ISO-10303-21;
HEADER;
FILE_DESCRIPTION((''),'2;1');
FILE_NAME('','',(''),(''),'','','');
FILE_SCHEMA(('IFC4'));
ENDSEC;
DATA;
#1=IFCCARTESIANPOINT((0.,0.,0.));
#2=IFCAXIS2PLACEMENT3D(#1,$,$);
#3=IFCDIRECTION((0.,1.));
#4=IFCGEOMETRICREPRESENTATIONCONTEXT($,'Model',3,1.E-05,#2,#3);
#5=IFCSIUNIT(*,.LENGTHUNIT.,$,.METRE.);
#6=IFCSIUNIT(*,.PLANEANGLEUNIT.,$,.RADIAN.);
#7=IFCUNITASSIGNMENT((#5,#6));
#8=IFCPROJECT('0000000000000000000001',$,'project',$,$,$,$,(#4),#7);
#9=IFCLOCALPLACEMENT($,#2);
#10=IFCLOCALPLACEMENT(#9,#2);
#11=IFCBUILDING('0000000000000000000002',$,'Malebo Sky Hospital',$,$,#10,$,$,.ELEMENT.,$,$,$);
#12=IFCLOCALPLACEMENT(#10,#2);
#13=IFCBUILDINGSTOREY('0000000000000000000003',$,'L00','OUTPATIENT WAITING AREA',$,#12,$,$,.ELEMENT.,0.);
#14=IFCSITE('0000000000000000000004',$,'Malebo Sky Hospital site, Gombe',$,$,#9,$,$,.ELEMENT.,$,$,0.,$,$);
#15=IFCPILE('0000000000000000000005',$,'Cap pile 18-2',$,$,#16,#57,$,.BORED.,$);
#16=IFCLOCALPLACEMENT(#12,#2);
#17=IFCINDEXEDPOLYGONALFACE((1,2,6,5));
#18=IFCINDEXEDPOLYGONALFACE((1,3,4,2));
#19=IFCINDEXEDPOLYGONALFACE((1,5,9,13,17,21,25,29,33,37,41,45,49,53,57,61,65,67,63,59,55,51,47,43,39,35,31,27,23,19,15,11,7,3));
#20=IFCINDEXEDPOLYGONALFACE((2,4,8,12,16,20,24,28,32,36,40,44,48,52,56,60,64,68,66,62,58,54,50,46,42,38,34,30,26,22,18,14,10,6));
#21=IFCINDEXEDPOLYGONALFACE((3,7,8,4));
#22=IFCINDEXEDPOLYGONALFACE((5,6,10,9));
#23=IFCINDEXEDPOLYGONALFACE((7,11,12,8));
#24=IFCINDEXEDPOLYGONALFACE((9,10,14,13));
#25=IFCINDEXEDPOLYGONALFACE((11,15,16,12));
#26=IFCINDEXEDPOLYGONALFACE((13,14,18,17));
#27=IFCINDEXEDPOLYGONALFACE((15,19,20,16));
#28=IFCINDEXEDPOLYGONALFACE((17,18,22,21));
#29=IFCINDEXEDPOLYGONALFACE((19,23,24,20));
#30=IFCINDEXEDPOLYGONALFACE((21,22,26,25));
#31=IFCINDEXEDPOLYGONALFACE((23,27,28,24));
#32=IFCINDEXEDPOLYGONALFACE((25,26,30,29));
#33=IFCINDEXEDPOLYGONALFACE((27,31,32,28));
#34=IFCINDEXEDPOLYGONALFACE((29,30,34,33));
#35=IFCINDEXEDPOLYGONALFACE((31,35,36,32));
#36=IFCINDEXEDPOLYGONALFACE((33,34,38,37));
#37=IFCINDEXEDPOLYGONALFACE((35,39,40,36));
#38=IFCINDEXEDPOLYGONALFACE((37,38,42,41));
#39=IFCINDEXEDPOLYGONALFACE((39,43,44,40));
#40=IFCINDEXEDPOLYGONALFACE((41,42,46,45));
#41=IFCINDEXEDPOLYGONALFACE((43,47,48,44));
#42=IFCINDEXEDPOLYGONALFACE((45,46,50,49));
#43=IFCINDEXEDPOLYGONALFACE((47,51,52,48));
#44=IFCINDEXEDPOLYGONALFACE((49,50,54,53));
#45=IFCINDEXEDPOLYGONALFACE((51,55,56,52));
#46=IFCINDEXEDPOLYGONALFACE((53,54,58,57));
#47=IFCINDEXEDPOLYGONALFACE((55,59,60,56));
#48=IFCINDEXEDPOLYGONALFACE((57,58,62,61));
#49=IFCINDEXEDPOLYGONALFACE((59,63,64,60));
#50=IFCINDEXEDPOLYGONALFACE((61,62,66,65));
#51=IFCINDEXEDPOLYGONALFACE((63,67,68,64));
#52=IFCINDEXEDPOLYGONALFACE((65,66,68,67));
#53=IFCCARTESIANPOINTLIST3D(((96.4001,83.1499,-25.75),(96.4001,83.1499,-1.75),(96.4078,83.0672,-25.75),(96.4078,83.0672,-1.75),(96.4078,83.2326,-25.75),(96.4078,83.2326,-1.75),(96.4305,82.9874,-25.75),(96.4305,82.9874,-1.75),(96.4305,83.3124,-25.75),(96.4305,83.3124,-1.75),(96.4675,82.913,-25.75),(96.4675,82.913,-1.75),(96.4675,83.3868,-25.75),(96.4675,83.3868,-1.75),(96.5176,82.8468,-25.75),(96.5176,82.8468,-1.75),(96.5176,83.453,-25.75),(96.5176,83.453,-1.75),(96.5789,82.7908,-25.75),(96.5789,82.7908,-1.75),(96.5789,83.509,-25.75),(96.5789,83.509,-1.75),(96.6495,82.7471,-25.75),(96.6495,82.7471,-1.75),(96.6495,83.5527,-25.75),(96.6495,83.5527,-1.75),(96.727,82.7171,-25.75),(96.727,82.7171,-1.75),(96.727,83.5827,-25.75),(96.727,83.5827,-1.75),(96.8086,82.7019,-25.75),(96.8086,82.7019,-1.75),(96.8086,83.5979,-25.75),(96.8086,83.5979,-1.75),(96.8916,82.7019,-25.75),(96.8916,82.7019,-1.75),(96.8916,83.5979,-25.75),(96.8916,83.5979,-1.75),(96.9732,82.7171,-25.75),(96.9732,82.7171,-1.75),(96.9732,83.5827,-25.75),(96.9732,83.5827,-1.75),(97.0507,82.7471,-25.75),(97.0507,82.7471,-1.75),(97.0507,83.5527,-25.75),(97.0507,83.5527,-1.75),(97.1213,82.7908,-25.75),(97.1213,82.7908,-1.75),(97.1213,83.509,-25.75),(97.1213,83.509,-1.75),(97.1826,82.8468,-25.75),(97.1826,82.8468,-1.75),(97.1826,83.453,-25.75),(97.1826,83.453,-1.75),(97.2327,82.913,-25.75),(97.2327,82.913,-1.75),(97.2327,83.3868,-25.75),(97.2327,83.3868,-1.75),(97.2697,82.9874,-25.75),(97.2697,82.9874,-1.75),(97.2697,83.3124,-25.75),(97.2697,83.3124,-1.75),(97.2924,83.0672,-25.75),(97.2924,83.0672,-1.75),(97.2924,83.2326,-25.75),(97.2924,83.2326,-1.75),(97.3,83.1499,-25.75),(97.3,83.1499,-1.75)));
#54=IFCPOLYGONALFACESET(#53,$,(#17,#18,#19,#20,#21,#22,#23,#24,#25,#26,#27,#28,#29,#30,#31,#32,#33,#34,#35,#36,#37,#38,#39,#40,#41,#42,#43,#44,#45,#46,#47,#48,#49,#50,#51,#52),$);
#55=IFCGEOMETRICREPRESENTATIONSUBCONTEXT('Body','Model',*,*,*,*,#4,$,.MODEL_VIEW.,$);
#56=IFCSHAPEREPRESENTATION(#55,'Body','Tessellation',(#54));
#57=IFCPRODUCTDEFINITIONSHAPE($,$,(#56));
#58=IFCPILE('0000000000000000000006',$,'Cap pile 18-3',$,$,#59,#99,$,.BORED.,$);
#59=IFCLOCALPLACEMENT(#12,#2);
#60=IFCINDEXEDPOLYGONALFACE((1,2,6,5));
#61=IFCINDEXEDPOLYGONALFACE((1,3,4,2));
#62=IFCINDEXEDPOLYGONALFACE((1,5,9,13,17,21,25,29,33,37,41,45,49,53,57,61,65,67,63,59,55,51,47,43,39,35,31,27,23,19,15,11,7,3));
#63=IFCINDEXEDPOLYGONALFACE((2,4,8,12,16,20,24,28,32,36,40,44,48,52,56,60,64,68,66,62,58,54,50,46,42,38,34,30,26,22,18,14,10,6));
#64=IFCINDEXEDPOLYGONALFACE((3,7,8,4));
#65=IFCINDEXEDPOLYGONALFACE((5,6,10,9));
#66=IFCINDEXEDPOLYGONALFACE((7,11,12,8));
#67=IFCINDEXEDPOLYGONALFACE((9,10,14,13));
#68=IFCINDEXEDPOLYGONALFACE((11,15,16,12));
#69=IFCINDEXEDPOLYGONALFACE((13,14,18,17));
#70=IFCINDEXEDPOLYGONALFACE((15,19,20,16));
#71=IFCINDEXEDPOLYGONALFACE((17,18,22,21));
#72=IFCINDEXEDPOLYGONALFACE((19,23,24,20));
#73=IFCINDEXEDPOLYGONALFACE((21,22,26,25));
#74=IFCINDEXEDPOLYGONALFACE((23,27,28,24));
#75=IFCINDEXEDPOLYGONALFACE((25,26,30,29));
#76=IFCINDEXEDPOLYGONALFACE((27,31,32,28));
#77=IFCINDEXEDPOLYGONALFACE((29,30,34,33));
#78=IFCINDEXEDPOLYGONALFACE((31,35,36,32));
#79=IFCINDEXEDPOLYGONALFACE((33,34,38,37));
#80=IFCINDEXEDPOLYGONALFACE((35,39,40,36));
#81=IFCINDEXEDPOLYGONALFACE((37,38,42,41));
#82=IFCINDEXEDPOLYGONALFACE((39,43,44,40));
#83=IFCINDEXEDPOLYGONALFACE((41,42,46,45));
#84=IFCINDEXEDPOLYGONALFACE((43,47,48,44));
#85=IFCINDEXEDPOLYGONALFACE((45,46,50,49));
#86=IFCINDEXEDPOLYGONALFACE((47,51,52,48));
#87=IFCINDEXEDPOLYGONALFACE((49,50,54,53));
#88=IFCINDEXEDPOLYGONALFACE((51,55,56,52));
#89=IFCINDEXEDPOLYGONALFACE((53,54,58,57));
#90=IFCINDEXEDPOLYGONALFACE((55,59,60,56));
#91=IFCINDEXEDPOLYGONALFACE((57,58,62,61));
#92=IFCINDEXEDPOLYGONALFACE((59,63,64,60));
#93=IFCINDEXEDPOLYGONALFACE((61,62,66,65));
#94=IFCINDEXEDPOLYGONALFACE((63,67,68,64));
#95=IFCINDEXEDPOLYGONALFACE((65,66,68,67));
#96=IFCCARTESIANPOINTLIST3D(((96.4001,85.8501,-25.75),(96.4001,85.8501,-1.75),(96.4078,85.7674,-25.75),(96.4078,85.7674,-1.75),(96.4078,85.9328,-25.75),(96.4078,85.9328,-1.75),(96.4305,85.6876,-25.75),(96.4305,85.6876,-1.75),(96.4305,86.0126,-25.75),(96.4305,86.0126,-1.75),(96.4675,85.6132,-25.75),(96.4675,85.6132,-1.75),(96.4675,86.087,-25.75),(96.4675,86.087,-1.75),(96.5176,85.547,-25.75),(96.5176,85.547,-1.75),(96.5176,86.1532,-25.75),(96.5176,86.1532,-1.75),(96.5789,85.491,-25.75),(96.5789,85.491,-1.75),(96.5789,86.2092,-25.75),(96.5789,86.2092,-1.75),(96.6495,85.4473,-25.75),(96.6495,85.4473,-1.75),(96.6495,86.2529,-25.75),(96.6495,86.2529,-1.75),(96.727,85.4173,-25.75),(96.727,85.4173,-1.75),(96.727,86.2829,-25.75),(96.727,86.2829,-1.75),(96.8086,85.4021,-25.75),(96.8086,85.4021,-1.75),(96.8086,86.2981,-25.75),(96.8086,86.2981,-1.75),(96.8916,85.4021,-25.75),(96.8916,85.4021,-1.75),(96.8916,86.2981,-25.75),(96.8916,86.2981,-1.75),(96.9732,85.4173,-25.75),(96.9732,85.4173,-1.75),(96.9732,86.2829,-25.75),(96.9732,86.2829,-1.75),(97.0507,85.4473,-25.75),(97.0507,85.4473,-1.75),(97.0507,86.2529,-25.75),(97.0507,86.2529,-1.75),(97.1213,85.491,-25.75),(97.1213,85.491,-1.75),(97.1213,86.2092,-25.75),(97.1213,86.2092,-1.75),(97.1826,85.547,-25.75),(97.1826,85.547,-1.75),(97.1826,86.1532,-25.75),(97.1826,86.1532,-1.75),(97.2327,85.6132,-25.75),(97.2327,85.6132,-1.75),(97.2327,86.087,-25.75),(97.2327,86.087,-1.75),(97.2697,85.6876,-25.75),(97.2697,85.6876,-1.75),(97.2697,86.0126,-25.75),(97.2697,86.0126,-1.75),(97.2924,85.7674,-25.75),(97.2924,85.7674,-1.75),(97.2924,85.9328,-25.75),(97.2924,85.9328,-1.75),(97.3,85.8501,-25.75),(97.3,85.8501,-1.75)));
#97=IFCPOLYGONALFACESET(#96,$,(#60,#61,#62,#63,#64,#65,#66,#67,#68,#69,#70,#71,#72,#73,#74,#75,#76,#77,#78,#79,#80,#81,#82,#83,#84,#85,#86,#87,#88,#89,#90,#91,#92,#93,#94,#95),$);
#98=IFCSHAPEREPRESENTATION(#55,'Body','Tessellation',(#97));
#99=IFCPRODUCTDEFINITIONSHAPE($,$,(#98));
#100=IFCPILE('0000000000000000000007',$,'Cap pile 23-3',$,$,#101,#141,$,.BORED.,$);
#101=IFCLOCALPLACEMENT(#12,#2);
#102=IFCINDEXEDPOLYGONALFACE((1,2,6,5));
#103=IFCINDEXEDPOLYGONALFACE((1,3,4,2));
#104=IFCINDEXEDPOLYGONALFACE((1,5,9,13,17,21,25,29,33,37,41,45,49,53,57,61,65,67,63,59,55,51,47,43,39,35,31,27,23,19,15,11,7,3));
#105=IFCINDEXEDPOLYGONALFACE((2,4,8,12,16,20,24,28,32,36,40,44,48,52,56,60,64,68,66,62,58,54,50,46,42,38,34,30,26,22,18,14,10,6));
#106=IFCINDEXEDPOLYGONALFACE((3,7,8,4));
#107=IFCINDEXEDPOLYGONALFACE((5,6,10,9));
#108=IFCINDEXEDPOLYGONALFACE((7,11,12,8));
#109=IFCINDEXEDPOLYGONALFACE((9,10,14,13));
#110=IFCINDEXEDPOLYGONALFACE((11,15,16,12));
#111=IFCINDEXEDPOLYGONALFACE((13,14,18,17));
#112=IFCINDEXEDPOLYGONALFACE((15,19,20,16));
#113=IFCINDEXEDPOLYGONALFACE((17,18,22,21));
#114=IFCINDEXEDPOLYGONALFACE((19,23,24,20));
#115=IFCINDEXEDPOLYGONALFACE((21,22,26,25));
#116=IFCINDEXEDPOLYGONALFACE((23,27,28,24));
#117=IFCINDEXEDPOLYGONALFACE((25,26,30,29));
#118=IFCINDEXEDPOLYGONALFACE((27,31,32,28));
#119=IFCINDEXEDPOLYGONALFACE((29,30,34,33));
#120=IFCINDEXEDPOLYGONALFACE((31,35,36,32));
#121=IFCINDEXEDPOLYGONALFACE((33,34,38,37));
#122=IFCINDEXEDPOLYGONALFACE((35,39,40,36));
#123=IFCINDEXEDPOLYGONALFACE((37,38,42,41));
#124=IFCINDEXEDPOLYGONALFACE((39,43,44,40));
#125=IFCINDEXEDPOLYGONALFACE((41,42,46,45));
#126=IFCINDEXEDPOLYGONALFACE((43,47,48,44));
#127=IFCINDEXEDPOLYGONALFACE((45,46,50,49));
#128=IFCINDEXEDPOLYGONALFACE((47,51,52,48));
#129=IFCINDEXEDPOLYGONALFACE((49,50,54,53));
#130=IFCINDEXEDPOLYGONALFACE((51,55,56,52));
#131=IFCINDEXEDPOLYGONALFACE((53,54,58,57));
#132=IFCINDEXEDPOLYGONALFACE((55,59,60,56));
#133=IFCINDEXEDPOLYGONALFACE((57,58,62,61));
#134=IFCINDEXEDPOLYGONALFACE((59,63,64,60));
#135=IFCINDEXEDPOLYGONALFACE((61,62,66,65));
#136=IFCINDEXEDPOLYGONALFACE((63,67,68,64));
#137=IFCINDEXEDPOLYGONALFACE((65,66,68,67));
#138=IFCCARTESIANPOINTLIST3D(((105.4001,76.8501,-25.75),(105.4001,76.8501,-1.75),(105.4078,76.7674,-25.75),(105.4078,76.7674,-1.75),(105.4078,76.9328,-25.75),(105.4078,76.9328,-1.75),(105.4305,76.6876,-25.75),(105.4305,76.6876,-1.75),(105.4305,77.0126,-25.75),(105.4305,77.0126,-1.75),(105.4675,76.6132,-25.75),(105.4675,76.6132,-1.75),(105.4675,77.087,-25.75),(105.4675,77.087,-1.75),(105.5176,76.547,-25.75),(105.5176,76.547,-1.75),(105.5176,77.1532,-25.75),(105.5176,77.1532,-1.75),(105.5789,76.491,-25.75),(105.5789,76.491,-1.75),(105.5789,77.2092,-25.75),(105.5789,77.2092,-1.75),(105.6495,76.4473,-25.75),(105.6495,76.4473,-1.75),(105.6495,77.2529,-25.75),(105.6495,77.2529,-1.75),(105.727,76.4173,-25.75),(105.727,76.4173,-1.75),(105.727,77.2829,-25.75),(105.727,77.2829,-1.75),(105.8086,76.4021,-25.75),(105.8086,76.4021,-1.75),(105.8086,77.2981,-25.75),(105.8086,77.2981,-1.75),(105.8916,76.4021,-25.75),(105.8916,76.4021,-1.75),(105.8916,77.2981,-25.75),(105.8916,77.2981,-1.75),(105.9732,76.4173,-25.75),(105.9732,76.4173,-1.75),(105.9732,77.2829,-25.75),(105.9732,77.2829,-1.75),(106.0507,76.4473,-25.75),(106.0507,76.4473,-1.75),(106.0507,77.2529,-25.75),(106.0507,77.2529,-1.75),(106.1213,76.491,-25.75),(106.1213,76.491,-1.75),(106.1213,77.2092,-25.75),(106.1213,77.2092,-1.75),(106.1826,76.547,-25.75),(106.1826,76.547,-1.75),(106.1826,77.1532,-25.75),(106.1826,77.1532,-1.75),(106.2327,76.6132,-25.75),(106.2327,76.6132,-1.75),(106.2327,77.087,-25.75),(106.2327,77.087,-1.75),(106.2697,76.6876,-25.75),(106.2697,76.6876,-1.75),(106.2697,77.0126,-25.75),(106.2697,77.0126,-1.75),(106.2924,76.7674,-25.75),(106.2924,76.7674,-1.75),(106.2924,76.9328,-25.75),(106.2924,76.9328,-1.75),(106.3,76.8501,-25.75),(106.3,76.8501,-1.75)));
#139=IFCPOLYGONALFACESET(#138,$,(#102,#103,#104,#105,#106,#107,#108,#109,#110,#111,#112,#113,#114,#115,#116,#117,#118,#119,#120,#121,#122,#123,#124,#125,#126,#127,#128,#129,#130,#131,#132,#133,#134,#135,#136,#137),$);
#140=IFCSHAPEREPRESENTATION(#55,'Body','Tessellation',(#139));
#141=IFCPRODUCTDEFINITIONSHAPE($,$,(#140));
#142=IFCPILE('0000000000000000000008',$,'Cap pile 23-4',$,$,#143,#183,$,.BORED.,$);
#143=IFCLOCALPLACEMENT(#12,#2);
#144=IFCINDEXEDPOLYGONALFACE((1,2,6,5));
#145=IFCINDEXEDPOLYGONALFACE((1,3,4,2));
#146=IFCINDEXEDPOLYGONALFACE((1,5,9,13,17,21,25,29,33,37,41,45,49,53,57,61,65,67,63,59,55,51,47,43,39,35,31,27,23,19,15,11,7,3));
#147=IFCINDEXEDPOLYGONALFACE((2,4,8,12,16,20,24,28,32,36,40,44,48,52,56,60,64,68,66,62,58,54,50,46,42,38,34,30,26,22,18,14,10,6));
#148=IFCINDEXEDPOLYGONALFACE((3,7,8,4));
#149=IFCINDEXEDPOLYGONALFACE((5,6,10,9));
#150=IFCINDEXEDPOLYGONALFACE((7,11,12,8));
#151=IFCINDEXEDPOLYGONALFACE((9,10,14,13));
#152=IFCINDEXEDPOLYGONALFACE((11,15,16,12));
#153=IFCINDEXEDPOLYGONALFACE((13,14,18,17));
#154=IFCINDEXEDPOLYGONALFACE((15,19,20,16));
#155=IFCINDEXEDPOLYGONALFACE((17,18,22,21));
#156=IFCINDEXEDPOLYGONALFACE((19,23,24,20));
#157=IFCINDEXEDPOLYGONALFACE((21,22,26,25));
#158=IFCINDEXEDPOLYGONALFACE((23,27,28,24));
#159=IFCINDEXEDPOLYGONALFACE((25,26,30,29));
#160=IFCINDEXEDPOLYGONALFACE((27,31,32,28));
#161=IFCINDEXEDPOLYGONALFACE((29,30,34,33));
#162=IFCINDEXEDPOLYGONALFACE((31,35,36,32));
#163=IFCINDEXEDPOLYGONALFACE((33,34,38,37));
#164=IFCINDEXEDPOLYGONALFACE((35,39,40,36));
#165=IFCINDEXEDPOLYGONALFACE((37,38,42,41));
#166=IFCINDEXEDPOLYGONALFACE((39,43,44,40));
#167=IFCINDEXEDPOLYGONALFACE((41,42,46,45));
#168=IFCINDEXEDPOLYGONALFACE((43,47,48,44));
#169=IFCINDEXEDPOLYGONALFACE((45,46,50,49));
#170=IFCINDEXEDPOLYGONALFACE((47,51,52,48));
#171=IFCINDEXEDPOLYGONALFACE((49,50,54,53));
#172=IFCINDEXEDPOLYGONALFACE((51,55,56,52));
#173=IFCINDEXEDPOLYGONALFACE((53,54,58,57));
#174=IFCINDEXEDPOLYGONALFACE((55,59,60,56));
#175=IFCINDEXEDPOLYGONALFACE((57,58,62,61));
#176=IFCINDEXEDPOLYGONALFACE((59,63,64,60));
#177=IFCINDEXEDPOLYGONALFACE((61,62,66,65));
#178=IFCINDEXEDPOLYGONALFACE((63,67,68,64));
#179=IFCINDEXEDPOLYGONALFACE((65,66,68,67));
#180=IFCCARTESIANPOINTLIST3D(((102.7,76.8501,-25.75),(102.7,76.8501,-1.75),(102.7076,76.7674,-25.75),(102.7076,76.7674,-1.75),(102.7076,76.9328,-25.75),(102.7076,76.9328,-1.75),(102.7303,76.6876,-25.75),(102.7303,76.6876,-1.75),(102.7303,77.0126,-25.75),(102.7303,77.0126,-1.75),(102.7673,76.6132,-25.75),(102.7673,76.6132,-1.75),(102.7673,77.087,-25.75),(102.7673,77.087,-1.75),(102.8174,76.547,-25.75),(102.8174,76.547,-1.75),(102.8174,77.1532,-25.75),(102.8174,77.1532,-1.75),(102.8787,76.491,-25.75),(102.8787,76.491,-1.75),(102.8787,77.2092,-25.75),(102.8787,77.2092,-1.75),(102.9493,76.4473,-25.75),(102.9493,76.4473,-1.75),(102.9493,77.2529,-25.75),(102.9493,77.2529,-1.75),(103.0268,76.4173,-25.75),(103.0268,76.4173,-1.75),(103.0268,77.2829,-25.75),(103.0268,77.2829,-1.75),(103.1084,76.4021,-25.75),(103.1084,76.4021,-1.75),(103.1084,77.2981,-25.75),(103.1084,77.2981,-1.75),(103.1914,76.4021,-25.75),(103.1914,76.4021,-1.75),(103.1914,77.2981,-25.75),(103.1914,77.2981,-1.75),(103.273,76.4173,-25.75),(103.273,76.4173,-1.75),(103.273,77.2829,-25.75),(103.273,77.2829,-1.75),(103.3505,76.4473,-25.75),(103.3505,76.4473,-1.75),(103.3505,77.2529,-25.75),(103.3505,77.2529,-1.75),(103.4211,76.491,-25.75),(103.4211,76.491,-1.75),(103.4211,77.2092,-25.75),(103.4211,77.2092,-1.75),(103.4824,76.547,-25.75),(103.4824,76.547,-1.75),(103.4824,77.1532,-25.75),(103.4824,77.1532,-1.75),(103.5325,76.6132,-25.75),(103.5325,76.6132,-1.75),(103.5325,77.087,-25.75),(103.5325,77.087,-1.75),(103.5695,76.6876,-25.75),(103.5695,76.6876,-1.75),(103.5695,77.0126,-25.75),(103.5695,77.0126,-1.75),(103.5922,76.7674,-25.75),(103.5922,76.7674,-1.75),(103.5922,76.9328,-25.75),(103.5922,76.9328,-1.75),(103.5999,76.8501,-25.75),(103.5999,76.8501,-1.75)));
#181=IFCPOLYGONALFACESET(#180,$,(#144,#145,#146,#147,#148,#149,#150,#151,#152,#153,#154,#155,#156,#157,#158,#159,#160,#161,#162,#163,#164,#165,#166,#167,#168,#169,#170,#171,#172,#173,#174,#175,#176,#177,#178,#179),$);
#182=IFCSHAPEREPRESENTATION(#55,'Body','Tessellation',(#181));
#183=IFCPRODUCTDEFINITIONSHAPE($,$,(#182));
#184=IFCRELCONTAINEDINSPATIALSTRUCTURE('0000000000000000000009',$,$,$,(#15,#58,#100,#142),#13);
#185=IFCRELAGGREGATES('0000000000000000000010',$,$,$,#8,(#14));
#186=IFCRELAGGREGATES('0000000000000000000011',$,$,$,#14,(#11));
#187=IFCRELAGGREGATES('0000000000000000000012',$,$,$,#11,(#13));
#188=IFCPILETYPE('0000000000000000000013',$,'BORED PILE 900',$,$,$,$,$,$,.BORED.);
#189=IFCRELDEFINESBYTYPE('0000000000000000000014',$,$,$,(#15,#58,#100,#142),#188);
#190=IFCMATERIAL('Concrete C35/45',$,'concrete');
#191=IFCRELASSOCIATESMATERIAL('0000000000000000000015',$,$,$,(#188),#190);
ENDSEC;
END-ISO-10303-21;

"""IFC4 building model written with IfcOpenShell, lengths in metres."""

from ifc_helpers import new_model, si_unit, direction, frame, origin, origin_2d, place, context, subcontext, project, spatial, circle, extrude, material, material_profile, profile_set, type_object, element, save


model = new_model("IFC4")

# Units and contexts
model_context = context("Model", 3, precision=1e-05, world=origin(), true_north=direction((0.0, 1.0)))
body_context = subcontext(model_context, "Body", "Model", "MODEL_VIEW")
ifc_project = project(units=[si_unit("LENGTHUNIT", "METRE"), si_unit("PLANEANGLEUNIT", "RADIAN")], contexts=[model_context])

# Site, building, storey
site_placement = place(None, origin())
site = spatial("IfcSite", under=ifc_project, at=site_placement, Name="Malebo Sky Hospital site, Gombe", CompositionType="ELEMENT", RefElevation=0.0)
building_placement = place(site_placement, origin())
building = spatial("IfcBuilding", under=site, at=building_placement, Name="Malebo Sky Hospital", CompositionType="ELEMENT")
storey_placement = place(building_placement, origin())
storey = spatial("IfcBuildingStorey", under=building, at=storey_placement, Name="L00", Description="OUTPATIENT WAITING AREA", CompositionType="ELEMENT", Elevation=0.0)

# Piles
ifc_material_1 = material(Name="Concrete C35/45", Category="concrete")
ifc_material_profile_1 = material_profile(ifc_material_1, circle(Radius=0.45, at=origin_2d()), Name="BP 900")
ifc_profile_set_1 = profile_set([ifc_material_profile_1], Name="Concrete C35/45")
pile_type = type_object("IfcPileType", Name="BORED PILE 900", PredefinedType="BORED", material=ifc_profile_set_1)
for number, where, z_axis, x_axis, name in (
    (1, (96.8501, 83.1499, -1.75), (0.0, 0.0, -1.0), (1.0, 0.0, 0.0), "Cap pile 18-2"),
    (2, (96.8501, 85.8501, -1.75), (0.0, 0.0, -1.0), (1.0, 0.0, 0.0), "Cap pile 18-3"),
    (3, (105.8501, 76.8501, -1.75), (0.0, 0.0, -1.0), (1.0, 0.0, 0.0), "Cap pile 23-3"),
    (4, (103.1499, 76.8501, -1.75), (0.0, 0.0, -1.0), (1.0, 0.0, 0.0), "Cap pile 23-4"),
):
    element("IfcPile", number, at=place(storey_placement, frame(where, z_axis=z_axis, x_axis=x_axis)), inside=storey, type_object=pile_type, Name=name, PredefinedType="BORED", context=body_context, shape_type="SweptSolid", body=[
        extrude(circle(Radius=0.45, at=origin_2d()), origin(), (0.0, 0.0, 1.0), 24.0),
    ])

save(model, "model.ifc")
